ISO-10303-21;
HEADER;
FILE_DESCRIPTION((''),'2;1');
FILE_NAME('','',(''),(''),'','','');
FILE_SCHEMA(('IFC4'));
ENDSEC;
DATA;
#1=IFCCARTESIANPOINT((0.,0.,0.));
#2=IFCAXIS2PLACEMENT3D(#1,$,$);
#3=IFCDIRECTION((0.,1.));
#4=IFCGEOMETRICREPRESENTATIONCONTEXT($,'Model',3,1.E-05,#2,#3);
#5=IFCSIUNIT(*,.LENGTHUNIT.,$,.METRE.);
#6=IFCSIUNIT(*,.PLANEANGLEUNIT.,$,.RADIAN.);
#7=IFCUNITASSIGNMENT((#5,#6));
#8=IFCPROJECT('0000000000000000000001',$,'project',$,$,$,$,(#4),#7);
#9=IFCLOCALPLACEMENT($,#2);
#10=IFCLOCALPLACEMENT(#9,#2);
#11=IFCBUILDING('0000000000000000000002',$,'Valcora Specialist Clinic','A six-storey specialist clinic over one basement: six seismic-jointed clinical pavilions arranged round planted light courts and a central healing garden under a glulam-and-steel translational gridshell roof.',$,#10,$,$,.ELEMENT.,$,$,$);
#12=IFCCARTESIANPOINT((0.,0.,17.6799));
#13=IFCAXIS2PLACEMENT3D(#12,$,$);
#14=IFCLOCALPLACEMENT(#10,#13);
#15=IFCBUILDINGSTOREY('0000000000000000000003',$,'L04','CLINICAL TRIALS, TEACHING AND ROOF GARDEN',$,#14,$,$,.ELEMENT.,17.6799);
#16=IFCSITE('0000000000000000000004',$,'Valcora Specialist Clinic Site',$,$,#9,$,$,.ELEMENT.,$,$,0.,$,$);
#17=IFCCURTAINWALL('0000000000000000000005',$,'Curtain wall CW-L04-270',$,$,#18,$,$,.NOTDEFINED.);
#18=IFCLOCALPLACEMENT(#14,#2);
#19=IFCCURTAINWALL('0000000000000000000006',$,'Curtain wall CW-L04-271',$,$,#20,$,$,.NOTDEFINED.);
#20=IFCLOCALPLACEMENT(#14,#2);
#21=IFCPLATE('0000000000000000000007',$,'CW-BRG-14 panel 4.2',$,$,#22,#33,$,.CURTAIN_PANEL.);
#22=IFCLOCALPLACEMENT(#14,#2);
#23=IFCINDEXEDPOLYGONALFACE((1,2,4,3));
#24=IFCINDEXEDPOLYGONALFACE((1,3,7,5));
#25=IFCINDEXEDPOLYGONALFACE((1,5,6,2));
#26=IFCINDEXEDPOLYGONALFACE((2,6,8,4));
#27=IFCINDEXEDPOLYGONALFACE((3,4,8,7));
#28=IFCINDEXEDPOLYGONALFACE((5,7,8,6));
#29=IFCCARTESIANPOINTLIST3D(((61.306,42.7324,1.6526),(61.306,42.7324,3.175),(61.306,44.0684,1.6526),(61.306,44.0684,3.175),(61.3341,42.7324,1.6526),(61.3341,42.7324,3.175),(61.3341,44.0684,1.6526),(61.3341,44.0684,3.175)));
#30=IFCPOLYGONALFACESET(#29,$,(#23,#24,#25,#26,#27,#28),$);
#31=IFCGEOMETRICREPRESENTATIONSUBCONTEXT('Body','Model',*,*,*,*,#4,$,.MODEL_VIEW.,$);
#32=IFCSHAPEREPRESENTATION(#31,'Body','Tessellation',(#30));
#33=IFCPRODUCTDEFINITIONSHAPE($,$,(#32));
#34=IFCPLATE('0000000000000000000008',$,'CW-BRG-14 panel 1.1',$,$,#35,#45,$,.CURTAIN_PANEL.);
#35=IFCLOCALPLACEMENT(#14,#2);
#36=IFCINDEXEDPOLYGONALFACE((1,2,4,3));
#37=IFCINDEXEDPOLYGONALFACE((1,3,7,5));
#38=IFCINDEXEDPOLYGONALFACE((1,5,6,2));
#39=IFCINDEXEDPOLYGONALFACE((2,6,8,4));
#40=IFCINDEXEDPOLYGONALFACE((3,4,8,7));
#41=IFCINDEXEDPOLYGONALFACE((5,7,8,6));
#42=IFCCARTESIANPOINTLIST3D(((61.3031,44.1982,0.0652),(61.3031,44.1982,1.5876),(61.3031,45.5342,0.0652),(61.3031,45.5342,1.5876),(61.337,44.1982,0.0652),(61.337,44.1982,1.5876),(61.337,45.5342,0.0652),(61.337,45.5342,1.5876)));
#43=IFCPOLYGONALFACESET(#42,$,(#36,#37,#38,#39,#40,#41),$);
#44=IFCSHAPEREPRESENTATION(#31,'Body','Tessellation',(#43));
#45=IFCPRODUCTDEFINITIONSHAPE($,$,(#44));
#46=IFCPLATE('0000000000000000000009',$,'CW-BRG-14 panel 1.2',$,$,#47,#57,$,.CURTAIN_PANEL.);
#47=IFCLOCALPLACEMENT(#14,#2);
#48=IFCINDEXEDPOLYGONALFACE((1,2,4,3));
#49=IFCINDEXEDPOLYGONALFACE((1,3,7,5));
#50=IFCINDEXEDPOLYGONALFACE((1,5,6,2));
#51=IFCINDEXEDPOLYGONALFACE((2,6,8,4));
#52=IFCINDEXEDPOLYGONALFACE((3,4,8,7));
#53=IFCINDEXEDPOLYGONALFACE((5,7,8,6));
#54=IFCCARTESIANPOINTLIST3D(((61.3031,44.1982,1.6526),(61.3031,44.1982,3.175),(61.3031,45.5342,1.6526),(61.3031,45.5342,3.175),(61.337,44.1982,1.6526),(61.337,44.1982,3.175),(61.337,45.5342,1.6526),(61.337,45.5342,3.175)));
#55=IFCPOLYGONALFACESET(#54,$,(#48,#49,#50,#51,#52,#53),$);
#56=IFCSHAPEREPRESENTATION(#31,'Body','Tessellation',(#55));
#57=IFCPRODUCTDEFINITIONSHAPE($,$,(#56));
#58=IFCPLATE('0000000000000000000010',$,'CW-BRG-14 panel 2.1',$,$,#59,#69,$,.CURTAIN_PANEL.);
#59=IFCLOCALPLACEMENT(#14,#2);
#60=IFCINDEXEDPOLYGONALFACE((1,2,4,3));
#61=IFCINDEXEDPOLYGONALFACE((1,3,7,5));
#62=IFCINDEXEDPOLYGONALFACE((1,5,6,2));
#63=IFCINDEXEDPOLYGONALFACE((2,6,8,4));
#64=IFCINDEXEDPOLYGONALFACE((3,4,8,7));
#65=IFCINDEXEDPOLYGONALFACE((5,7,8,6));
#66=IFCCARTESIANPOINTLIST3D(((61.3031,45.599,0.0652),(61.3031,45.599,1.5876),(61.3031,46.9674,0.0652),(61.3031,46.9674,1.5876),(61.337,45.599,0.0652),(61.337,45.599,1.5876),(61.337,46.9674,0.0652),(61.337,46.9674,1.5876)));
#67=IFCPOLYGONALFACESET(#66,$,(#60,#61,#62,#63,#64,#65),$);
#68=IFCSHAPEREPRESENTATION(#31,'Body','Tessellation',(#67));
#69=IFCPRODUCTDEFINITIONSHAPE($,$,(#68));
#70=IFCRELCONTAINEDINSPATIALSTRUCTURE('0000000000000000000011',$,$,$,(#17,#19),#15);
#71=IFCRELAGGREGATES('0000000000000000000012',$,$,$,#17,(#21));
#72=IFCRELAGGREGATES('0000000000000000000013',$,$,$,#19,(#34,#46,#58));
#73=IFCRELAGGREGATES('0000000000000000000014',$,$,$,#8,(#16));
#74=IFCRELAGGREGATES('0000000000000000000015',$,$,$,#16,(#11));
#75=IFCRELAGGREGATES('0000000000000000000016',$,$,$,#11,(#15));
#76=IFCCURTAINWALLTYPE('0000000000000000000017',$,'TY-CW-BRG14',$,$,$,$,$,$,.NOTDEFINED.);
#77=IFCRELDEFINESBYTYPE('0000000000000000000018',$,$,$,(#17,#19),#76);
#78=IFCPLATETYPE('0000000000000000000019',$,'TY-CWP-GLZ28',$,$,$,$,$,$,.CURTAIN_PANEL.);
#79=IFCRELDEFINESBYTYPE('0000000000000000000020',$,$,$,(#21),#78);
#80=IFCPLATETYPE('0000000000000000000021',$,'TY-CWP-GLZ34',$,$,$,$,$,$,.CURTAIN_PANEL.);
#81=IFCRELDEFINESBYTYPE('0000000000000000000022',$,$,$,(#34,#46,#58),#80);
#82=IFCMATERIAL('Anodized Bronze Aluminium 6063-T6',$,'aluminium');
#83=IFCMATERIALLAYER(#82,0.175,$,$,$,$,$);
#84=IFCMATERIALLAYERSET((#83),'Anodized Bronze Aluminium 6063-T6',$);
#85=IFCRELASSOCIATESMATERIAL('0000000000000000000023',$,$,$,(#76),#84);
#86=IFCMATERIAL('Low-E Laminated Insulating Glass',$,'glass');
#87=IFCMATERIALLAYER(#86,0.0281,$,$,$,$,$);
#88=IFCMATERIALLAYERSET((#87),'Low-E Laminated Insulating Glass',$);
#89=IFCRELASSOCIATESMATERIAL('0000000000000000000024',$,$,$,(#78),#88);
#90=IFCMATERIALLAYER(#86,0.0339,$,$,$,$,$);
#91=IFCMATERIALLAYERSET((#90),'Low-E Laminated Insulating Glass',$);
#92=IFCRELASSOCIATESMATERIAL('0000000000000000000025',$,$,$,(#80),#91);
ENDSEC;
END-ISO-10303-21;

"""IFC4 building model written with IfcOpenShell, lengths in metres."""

from ifc_helpers import new_model, si_unit, direction, frame, origin, origin_2d, place, context, subcontext, project, spatial, rectangle, extrude, material, layer, layer_set, type_object, element, aggregate, save


model = new_model("IFC4")

# Units and contexts
model_context = context("Model", 3, precision=1e-05, world=origin(), true_north=direction((0.0, 1.0)))
body_context = subcontext(model_context, "Body", "Model", "MODEL_VIEW")
ifc_project = project(units=[si_unit("LENGTHUNIT", "METRE"), si_unit("PLANEANGLEUNIT", "RADIAN")], contexts=[model_context])

# Site, building, storey
site_placement = place(None, origin())
site = spatial("IfcSite", under=ifc_project, at=site_placement, Name="Valcora Specialist Clinic Site", CompositionType="ELEMENT", RefElevation=0.0)
building_placement = place(site_placement, origin())
building = spatial("IfcBuilding", under=site, at=building_placement, Name="Valcora Specialist Clinic", Description="A six-storey specialist clinic over one basement: six seismic-jointed clinical pavilions arranged round planted light courts and a central healing garden under a glulam-and-steel translational gridshell roof.", CompositionType="ELEMENT")
storey_placement = place(building_placement, frame((0.0, 0.0, 17.6799)))
storey = spatial("IfcBuildingStorey", under=building, at=storey_placement, Name="L04", Description="CLINICAL TRIALS, TEACHING AND ROOF GARDEN", CompositionType="ELEMENT", Elevation=17.6799)

# Curtain walls
ifc_material_1 = material(Name="Anodized Bronze Aluminium 6063-T6", Category="aluminium")
ifc_layer_1 = layer(ifc_material_1, 0.175)
ifc_layer_set_1 = layer_set([ifc_layer_1], Name="Anodized Bronze Aluminium 6063-T6")
curtain_wall_type = type_object("IfcCurtainWallType", Name="TY-CW-BRG14", PredefinedType="NOTDEFINED", material=ifc_layer_set_1)
curtain_wall_1_placement = place(storey_placement, origin())
curtain_wall_1 = element("IfcCurtainWall", 1, at=curtain_wall_1_placement, inside=storey, type_object=curtain_wall_type, Name="Curtain wall CW-L04-270", PredefinedType="NOTDEFINED")
curtain_wall_2_placement = place(storey_placement, origin())
curtain_wall_2 = element("IfcCurtainWall", 2, at=curtain_wall_2_placement, inside=storey, type_object=curtain_wall_type, Name="Curtain wall CW-L04-271", PredefinedType="NOTDEFINED")

# Plates
ifc_material_2 = material(Name="Low-E Laminated Insulating Glass", Category="glass")
ifc_layer_2 = layer(ifc_material_2, 0.0281)
ifc_layer_set_2 = layer_set([ifc_layer_2], Name="Low-E Laminated Insulating Glass")
plate_type_1 = type_object("IfcPlateType", Name="TY-CWP-GLZ28", PredefinedType="CURTAIN_PANEL", material=ifc_layer_set_2)
plate_1_placement = place(storey_placement, frame((61.3201, 43.4004, 1.6526), z_axis=(0.0, 0.0, 1.0), x_axis=(0.0, 1.0, 0.0)))
plate_1 = element("IfcPlate", 3, at=plate_1_placement, type_object=plate_type_1, Name="CW-BRG-14 panel 4.2", PredefinedType="CURTAIN_PANEL", context=body_context, shape_type="SweptSolid", body=[
    extrude(rectangle(XDim=1.3359, YDim=0.0281, at=origin_2d()), origin(), (0.0, 0.0, 1.0), 1.5225),
])
aggregate(curtain_wall_1, [plate_1])
ifc_layer_3 = layer(ifc_material_2, 0.0339)
ifc_layer_set_3 = layer_set([ifc_layer_3], Name="Low-E Laminated Insulating Glass")
plate_type_2 = type_object("IfcPlateType", Name="TY-CWP-GLZ34", PredefinedType="CURTAIN_PANEL", material=ifc_layer_set_3)
plate_2_placement = place(storey_placement, frame((61.3201, 44.8662, 0.0652), z_axis=(0.0, 0.0, 1.0), x_axis=(0.0, 1.0, 0.0)))
plate_2 = element("IfcPlate", 4, at=plate_2_placement, type_object=plate_type_2, Name="CW-BRG-14 panel 1.1", PredefinedType="CURTAIN_PANEL", context=body_context, shape_type="SweptSolid", body=[
    extrude(rectangle(XDim=1.3359, YDim=0.0339, at=origin_2d()), origin(), (0.0, 0.0, 1.0), 1.5225),
])
plate_3_placement = place(storey_placement, frame((61.3201, 44.8662, 1.6526), z_axis=(0.0, 0.0, 1.0), x_axis=(0.0, 1.0, 0.0)))
plate_3 = element("IfcPlate", 5, at=plate_3_placement, type_object=plate_type_2, Name="CW-BRG-14 panel 1.2", PredefinedType="CURTAIN_PANEL", context=body_context, shape_type="SweptSolid", body=[
    extrude(rectangle(XDim=1.3359, YDim=0.0339, at=origin_2d()), origin(), (0.0, 0.0, 1.0), 1.5225),
])
plate_4_placement = place(storey_placement, frame((61.3201, 46.2832, 0.0652), z_axis=(0.0, 0.0, 1.0), x_axis=(0.0, 1.0, 0.0)))
plate_4 = element("IfcPlate", 6, at=plate_4_placement, type_object=plate_type_2, Name="CW-BRG-14 panel 2.1", PredefinedType="CURTAIN_PANEL", context=body_context, shape_type="SweptSolid", body=[
    extrude(rectangle(XDim=1.3684, YDim=0.0339, at=origin_2d()), origin(), (0.0, 0.0, 1.0), 1.5225),
])
aggregate(curtain_wall_2, [plate_2, plate_3, plate_4])

save(model, "model.ifc")
